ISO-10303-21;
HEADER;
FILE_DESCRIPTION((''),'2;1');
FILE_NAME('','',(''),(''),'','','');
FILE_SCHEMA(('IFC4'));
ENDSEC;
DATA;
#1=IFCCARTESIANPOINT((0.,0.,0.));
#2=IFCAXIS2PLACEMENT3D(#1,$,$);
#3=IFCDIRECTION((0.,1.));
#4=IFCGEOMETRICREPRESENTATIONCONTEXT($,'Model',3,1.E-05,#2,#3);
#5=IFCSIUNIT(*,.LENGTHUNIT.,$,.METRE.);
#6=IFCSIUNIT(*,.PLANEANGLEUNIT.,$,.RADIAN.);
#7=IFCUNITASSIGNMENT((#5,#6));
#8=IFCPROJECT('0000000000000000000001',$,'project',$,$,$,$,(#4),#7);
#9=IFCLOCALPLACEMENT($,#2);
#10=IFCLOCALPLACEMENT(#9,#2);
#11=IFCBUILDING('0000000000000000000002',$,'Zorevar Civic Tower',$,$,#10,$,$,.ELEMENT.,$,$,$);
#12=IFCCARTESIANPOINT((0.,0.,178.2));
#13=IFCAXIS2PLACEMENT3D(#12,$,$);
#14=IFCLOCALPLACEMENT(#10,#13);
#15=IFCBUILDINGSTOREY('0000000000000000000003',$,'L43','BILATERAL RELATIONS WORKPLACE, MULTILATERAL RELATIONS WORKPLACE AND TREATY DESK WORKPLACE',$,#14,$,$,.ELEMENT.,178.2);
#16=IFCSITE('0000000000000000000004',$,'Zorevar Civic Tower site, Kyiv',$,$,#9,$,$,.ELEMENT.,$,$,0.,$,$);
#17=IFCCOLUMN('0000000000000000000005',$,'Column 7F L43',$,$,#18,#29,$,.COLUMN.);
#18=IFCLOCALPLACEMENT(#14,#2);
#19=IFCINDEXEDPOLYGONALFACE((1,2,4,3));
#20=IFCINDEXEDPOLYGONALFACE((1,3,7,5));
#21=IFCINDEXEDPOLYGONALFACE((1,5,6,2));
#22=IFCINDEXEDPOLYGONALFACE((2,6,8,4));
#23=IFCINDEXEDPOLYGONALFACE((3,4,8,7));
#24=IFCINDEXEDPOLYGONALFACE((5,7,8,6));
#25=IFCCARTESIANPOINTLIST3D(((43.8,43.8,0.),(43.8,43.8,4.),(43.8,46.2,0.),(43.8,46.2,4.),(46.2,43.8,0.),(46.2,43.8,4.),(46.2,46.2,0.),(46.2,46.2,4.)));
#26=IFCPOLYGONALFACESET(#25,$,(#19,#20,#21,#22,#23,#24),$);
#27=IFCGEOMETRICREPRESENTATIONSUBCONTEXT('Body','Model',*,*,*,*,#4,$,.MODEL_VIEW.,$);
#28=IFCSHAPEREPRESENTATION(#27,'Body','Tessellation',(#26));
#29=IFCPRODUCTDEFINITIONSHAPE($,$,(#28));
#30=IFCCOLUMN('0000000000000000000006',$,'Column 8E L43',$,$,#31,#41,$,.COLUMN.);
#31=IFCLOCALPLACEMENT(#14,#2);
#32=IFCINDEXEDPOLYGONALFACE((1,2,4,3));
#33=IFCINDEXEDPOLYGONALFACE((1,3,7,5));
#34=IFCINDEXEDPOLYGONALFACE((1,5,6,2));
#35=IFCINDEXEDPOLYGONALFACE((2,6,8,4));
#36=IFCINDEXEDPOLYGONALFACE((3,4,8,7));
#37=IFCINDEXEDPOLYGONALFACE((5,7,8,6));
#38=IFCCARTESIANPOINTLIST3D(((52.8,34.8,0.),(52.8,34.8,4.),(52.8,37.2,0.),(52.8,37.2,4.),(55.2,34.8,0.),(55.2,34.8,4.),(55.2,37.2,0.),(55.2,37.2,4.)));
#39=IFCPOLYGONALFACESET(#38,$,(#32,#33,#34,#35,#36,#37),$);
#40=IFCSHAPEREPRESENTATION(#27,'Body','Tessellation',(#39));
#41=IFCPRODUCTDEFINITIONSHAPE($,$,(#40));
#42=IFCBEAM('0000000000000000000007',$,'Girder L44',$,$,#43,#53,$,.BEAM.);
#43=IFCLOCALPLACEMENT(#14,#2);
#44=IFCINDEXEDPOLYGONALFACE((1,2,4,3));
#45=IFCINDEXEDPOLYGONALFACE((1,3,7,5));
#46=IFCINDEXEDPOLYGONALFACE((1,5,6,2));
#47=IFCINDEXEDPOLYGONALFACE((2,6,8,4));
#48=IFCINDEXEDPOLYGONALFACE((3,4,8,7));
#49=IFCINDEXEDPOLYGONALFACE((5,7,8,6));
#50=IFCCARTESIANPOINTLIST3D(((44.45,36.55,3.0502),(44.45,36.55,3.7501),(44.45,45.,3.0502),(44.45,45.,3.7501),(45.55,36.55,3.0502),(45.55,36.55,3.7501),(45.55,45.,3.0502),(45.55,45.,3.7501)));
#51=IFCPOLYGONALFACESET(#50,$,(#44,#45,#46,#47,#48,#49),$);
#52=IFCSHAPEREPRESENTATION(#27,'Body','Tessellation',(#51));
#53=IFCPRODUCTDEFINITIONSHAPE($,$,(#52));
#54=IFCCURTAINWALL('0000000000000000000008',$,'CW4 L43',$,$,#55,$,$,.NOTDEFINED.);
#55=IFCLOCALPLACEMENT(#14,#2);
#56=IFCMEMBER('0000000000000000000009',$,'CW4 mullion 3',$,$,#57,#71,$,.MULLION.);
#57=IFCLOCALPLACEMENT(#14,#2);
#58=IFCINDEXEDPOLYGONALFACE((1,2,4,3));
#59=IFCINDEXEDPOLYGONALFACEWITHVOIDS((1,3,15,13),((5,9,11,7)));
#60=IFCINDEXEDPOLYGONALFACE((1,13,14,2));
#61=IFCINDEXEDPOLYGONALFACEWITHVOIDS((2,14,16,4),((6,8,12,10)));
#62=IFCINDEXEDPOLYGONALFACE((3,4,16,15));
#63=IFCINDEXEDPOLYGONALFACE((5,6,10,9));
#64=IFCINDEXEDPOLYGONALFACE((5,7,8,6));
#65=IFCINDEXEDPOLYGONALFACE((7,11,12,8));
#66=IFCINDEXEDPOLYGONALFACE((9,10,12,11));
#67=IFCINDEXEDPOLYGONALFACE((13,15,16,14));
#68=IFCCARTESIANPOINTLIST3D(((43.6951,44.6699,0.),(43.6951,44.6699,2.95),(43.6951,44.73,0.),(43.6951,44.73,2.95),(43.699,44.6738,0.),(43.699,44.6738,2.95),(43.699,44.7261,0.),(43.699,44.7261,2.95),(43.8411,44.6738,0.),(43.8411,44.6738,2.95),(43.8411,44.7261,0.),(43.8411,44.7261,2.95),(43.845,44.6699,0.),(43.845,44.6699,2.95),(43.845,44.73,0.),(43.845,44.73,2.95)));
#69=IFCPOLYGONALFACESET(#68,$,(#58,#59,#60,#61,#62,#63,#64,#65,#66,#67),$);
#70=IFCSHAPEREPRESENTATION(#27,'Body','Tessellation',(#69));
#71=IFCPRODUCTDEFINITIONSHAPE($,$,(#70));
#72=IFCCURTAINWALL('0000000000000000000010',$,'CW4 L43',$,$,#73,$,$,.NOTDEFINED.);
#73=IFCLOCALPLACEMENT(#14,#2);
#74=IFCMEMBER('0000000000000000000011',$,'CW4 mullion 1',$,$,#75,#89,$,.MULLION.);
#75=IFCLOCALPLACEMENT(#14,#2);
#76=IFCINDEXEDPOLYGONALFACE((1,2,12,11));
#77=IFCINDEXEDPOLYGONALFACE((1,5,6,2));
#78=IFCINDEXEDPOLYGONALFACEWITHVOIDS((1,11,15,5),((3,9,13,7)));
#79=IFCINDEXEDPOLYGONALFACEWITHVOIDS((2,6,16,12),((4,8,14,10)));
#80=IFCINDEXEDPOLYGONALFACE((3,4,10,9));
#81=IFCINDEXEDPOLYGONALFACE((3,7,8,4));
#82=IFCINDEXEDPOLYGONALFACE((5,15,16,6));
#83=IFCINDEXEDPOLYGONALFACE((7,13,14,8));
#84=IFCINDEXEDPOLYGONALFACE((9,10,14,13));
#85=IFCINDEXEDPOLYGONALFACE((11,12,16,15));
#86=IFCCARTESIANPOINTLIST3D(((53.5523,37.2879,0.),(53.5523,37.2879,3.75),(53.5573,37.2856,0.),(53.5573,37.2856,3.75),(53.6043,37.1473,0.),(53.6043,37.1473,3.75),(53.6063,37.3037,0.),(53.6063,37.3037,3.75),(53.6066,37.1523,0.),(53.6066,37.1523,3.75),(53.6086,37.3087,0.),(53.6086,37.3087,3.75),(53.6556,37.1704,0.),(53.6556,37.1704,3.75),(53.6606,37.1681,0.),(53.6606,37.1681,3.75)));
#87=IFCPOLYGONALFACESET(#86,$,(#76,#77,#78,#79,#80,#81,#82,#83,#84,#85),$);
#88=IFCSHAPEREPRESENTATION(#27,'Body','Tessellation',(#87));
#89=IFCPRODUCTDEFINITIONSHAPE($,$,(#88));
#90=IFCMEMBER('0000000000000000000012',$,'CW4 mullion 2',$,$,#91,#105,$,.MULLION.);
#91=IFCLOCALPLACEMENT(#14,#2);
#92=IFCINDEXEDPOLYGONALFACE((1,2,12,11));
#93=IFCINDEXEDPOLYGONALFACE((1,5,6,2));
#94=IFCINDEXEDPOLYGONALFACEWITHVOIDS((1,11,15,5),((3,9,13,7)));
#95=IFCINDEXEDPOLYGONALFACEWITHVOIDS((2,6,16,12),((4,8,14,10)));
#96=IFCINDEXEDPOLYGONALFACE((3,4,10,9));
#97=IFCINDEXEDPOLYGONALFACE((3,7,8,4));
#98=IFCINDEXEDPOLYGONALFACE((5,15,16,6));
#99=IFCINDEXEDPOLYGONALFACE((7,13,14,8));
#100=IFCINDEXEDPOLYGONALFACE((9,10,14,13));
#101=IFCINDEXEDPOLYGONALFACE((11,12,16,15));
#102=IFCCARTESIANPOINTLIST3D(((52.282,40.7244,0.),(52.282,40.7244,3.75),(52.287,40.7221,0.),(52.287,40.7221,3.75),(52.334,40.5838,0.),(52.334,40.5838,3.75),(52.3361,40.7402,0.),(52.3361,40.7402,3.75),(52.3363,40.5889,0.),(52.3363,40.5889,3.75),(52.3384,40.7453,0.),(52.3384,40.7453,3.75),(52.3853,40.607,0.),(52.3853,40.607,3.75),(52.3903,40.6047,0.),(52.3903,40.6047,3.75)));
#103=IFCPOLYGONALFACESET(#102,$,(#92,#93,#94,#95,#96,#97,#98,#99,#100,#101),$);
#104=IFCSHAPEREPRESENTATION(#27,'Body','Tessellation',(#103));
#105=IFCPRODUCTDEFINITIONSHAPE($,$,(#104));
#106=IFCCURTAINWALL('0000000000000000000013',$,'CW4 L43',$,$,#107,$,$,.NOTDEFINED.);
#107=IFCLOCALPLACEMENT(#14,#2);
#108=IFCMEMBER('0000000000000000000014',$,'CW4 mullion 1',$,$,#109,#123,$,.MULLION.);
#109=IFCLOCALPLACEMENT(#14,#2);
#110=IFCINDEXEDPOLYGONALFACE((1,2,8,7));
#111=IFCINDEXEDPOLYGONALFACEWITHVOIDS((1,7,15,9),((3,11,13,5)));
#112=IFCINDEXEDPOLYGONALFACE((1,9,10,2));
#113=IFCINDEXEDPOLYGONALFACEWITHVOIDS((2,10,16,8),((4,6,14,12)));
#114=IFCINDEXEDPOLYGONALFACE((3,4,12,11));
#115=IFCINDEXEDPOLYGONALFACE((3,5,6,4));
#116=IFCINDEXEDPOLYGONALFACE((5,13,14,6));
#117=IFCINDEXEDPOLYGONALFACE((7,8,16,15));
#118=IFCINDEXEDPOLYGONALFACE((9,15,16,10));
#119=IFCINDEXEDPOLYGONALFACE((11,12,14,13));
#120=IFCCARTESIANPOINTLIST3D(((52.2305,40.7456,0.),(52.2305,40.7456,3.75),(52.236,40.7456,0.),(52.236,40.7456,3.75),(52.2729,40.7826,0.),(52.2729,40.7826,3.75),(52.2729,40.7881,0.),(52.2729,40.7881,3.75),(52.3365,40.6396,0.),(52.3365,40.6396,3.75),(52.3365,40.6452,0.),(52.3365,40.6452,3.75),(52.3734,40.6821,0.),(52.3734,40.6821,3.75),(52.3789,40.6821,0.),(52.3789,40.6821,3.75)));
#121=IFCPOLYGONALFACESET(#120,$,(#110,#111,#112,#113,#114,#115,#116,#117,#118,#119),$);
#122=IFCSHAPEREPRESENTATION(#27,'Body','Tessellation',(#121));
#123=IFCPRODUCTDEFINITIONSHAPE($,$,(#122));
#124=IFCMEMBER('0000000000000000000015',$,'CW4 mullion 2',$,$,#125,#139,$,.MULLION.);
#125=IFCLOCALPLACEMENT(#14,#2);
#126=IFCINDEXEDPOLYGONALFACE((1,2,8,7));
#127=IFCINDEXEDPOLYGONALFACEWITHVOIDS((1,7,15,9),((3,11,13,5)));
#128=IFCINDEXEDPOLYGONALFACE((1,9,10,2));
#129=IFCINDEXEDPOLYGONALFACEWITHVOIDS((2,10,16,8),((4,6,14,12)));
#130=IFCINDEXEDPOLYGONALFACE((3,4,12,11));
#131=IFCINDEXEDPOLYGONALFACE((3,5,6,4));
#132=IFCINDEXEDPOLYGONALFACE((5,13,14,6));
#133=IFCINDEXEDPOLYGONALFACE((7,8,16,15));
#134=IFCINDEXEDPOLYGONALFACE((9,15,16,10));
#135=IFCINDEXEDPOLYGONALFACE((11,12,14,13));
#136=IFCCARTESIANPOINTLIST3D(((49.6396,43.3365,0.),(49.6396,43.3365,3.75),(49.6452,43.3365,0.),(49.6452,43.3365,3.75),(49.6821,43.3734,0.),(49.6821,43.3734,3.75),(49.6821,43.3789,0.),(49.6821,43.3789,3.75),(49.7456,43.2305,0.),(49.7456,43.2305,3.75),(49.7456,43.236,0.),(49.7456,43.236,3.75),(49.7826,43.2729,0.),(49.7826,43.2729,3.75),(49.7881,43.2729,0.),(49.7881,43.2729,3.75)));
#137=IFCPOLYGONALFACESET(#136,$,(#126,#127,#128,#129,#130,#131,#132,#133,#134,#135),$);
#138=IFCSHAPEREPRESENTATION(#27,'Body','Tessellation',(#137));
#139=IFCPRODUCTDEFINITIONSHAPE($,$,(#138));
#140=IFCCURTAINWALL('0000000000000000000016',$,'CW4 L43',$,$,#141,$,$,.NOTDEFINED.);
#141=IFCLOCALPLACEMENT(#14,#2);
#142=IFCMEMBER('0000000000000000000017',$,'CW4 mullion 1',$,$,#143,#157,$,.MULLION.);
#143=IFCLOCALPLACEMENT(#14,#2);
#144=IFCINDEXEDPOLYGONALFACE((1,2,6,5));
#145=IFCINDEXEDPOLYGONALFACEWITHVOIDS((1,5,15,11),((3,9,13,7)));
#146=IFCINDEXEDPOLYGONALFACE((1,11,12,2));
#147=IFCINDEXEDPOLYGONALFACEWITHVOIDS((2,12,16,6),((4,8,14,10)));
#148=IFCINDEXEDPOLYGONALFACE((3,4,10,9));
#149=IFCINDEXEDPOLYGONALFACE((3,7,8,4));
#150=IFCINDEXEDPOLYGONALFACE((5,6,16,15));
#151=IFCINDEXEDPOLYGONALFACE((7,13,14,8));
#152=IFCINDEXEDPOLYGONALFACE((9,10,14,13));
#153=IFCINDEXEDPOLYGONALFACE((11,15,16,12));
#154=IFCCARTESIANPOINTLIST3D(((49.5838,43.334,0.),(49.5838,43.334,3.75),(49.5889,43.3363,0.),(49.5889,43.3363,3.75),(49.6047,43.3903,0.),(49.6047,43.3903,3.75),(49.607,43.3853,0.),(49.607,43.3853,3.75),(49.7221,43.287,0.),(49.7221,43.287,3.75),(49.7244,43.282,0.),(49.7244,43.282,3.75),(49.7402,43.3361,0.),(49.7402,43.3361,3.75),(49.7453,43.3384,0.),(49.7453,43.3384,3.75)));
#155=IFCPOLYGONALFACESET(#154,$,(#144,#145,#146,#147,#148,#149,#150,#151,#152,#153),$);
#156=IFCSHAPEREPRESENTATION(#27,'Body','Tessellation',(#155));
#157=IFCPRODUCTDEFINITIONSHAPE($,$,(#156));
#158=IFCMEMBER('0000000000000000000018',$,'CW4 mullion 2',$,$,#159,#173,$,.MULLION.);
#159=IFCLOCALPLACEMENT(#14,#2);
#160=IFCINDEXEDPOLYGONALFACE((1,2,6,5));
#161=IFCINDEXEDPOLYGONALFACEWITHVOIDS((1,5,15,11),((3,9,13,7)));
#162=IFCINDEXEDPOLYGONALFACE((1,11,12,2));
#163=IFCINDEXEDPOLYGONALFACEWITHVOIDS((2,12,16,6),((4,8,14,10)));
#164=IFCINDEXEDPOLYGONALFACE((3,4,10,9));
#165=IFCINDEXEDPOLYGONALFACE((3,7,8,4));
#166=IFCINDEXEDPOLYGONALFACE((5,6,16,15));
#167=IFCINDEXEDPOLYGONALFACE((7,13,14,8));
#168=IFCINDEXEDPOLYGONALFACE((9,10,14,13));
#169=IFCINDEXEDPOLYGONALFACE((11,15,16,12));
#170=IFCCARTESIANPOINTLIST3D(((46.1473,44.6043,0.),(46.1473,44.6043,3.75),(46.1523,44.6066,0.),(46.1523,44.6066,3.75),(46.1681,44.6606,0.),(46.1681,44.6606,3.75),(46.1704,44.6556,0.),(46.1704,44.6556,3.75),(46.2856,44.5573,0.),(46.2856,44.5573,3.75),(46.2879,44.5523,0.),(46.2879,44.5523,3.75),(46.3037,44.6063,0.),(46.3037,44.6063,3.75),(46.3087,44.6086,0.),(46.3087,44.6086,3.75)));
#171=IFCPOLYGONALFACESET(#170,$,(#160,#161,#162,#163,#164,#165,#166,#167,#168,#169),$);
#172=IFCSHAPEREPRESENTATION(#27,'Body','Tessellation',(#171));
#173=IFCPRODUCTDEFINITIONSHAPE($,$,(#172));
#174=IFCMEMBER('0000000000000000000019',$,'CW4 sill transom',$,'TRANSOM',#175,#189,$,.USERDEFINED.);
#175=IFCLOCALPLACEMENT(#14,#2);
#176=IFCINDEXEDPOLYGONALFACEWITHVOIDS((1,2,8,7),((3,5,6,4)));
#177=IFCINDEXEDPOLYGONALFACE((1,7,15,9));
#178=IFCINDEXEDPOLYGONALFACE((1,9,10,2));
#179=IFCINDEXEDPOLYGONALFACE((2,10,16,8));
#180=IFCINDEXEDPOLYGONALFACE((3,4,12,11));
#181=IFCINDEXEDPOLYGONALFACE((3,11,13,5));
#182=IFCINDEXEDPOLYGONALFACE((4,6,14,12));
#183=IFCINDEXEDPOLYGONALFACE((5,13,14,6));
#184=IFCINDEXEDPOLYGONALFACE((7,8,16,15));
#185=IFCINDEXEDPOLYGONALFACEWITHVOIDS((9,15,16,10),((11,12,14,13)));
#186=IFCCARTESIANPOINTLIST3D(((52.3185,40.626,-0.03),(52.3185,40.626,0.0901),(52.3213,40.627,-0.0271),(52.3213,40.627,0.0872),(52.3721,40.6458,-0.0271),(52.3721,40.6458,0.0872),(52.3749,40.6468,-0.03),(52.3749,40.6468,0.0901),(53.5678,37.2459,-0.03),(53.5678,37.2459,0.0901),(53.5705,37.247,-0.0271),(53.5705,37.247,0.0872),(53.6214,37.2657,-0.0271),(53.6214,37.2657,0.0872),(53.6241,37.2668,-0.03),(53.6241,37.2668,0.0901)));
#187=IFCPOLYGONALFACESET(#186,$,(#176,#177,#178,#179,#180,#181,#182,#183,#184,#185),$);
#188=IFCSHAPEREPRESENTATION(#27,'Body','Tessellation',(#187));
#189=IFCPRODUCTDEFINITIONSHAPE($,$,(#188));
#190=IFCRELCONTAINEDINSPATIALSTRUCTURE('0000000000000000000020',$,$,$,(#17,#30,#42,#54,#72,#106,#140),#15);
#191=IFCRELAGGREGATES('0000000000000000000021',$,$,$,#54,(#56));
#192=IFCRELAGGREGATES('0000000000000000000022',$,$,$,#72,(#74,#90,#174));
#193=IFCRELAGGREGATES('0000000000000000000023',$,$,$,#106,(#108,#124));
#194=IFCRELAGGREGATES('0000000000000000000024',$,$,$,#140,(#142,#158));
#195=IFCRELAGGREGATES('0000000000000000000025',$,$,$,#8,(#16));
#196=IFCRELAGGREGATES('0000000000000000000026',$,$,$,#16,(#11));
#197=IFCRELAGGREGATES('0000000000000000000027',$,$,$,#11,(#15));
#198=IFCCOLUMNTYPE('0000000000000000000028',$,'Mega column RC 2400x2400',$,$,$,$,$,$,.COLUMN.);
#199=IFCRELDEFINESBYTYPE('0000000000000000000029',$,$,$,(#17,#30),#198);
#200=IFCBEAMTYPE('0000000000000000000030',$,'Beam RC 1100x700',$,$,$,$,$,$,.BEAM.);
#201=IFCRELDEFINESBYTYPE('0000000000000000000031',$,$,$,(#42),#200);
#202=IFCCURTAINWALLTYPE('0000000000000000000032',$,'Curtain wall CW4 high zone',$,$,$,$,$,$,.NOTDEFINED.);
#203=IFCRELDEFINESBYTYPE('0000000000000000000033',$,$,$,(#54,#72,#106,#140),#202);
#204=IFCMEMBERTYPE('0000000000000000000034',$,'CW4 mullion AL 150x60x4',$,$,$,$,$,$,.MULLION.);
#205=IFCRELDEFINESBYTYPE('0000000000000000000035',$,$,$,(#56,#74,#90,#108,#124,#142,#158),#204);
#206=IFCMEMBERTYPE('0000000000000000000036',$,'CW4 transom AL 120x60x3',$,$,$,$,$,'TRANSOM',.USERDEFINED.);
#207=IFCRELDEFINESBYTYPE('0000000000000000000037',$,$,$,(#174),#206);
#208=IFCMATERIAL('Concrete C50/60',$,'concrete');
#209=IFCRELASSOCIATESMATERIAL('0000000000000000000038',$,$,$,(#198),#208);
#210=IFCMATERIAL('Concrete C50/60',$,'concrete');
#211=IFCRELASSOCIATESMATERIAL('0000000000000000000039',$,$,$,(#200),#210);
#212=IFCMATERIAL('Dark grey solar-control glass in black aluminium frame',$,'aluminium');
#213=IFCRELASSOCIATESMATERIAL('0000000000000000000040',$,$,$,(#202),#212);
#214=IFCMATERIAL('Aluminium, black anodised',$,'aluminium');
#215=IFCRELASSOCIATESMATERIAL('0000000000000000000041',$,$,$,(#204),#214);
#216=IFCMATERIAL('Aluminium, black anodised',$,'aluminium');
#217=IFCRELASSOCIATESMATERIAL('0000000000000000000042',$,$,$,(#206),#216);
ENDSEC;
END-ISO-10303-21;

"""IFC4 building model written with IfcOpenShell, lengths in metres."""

from ifc_helpers import new_model, si_unit, direction, frame, origin, origin_2d, place, context, subcontext, project, spatial, rectangle, hollow_rectangle, extrude, material, material_profile, profile_set, type_object, element, aggregate, save


model = new_model("IFC4")

# Units and contexts
model_context = context("Model", 3, precision=1e-05, world=origin(), true_north=direction((0.0, 1.0)))
body_context = subcontext(model_context, "Body", "Model", "MODEL_VIEW")
ifc_project = project(units=[si_unit("LENGTHUNIT", "METRE"), si_unit("PLANEANGLEUNIT", "RADIAN")], contexts=[model_context])

# Site, building, storey
site_placement = place(None, origin())
site = spatial("IfcSite", under=ifc_project, at=site_placement, Name="Zorevar Civic Tower site, Kyiv", CompositionType="ELEMENT", RefElevation=0.0)
building_placement = place(site_placement, origin())
building = spatial("IfcBuilding", under=site, at=building_placement, Name="Zorevar Civic Tower", CompositionType="ELEMENT")
storey_placement = place(building_placement, frame((0.0, 0.0, 178.2)))
storey = spatial("IfcBuildingStorey", under=building, at=storey_placement, Name="L43", Description="BILATERAL RELATIONS WORKPLACE, MULTILATERAL RELATIONS WORKPLACE AND TREATY DESK WORKPLACE", CompositionType="ELEMENT", Elevation=178.2)

# Columns
ifc_material_1 = material(Name="Concrete C50/60", Category="concrete")
ifc_material_profile_1 = material_profile(ifc_material_1, rectangle(XDim=2.3999, YDim=2.3999, at=origin_2d()), Name="RC 2400x2400")
ifc_profile_set_1 = profile_set([ifc_material_profile_1], Name="Concrete C50/60")
column_type = type_object("IfcColumnType", Name="Mega column RC 2400x2400", PredefinedType="COLUMN", material=ifc_profile_set_1)
for number, where, z_axis, x_axis, name in (
    (1, (45.0, 45.0, 0.0), (0.0, 0.0, 1.0), (1.0, 0.0, 0.0), "Column 7F L43"),
    (2, (54.0, 36.0, 0.0), (0.0, 0.0, 1.0), (1.0, 0.0, 0.0), "Column 8E L43"),
):
    element("IfcColumn", number, at=place(storey_placement, frame(where, z_axis=z_axis, x_axis=x_axis)), inside=storey, type_object=column_type, Name=name, PredefinedType="COLUMN", context=body_context, shape_type="SweptSolid", body=[
        extrude(rectangle(XDim=2.3999, YDim=2.3999, at=origin_2d()), origin(), (0.0, 0.0, 1.0), 4.0),
    ])

# Beam
ifc_material_2 = material(Name="Concrete C50/60", Category="concrete")
ifc_material_profile_2 = material_profile(ifc_material_2, rectangle(XDim=1.1001, YDim=0.7, at=origin_2d()), Name="RC 1100x700")
ifc_profile_set_2 = profile_set([ifc_material_profile_2], Name="Concrete C50/60")
beam_type_1 = type_object("IfcBeamType", Name="Beam RC 1100x700", PredefinedType="BEAM", material=ifc_profile_set_2)
beam_1_placement = place(storey_placement, frame((45.0, 36.55, 3.4001), z_axis=(0.0, 1.0, 0.0), x_axis=(-1.0, 0.0, 0.0)))
element("IfcBeam", 3, at=beam_1_placement, inside=storey, type_object=beam_type_1, Name="Girder L44", PredefinedType="BEAM", context=body_context, shape_type="SweptSolid", body=[
    extrude(rectangle(XDim=1.1001, YDim=0.7, at=origin_2d()), origin(), (0.0, 0.0, 1.0), 8.45),
])

# Curtain wall, member
ifc_material_3 = material(Name="Dark grey solar-control glass in black aluminium frame", Category="aluminium")
curtain_wall_type = type_object("IfcCurtainWallType", Name="Curtain wall CW4 high zone", PredefinedType="NOTDEFINED", material=ifc_material_3)
curtain_wall_1_placement = place(storey_placement, origin())
curtain_wall_1 = element("IfcCurtainWall", 4, at=curtain_wall_1_placement, inside=storey, type_object=curtain_wall_type, Name="CW4 L43", PredefinedType="NOTDEFINED")
ifc_material_4 = material(Name="Aluminium, black anodised", Category="aluminium")
ifc_material_profile_3 = material_profile(ifc_material_4, hollow_rectangle(XDim=0.0601, YDim=0.1499, WallThickness=0.0039, at=origin_2d()), Name="AL 150x60x4")
ifc_profile_set_3 = profile_set([ifc_material_profile_3], Name="Aluminium, black anodised")
member_type_1 = type_object("IfcMemberType", Name="CW4 mullion AL 150x60x4", PredefinedType="MULLION", material=ifc_profile_set_3)
member_1_placement = place(storey_placement, frame((43.77, 44.7, 0.0), z_axis=(0.0, 0.0, 1.0), x_axis=(0.0, 1.0, 0.0)))
member_1 = element("IfcMember", 5, at=member_1_placement, type_object=member_type_1, Name="CW4 mullion 3", PredefinedType="MULLION", context=body_context, shape_type="SweptSolid", body=[
    extrude(hollow_rectangle(XDim=0.0601, YDim=0.1499, WallThickness=0.0039, at=origin_2d()), origin(), (0.0, 0.0, 1.0), 2.95),
])

# Curtain walls, members
curtain_wall_2_placement = place(storey_placement, origin())
curtain_wall_2 = element("IfcCurtainWall", 6, at=curtain_wall_2_placement, inside=storey, type_object=curtain_wall_type, Name="CW4 L43", PredefinedType="NOTDEFINED")
member_2_placement = place(storey_placement, frame((53.6064, 37.228, 0.0), z_axis=(0.0, 0.0, 1.0), x_axis=(-0.937975, -0.346704, 0.0)))
member_2 = element("IfcMember", 7, at=member_2_placement, type_object=member_type_1, Name="CW4 mullion 1", PredefinedType="MULLION", context=body_context, shape_type="SweptSolid", body=[
    extrude(hollow_rectangle(XDim=0.0601, YDim=0.1499, WallThickness=0.0039, at=origin_2d()), origin(), (0.0, 0.0, 1.0), 3.75),
])
member_3_placement = place(storey_placement, frame((52.3362, 40.6646, 0.0), z_axis=(0.0, 0.0, 1.0), x_axis=(-0.937975, -0.346704, 0.0)))
member_3 = element("IfcMember", 8, at=member_3_placement, type_object=member_type_1, Name="CW4 mullion 2", PredefinedType="MULLION", context=body_context, shape_type="SweptSolid", body=[
    extrude(hollow_rectangle(XDim=0.0601, YDim=0.1499, WallThickness=0.0039, at=origin_2d()), origin(), (0.0, 0.0, 1.0), 3.75),
])
curtain_wall_3_placement = place(storey_placement, origin())
curtain_wall_3 = element("IfcCurtainWall", 9, at=curtain_wall_3_placement, inside=storey, type_object=curtain_wall_type, Name="CW4 L43", PredefinedType="NOTDEFINED")
member_4_placement = place(storey_placement, frame((52.3047, 40.7139, 0.0), z_axis=(0.0, 0.0, 1.0), x_axis=(-0.707107, -0.707107, 0.0)))
member_4 = element("IfcMember", 10, at=member_4_placement, type_object=member_type_1, Name="CW4 mullion 1", PredefinedType="MULLION", context=body_context, shape_type="SweptSolid", body=[
    extrude(hollow_rectangle(XDim=0.0601, YDim=0.1499, WallThickness=0.0039, at=origin_2d()), origin(), (0.0, 0.0, 1.0), 3.75),
])
member_5_placement = place(storey_placement, frame((49.7139, 43.3047, 0.0), z_axis=(0.0, 0.0, 1.0), x_axis=(-0.707107, -0.707107, 0.0)))
member_5 = element("IfcMember", 11, at=member_5_placement, type_object=member_type_1, Name="CW4 mullion 2", PredefinedType="MULLION", context=body_context, shape_type="SweptSolid", body=[
    extrude(hollow_rectangle(XDim=0.0601, YDim=0.1499, WallThickness=0.0039, at=origin_2d()), origin(), (0.0, 0.0, 1.0), 3.75),
])
curtain_wall_4_placement = place(storey_placement, origin())
curtain_wall_4 = element("IfcCurtainWall", 12, at=curtain_wall_4_placement, inside=storey, type_object=curtain_wall_type, Name="CW4 L43", PredefinedType="NOTDEFINED")
member_6_placement = place(storey_placement, frame((49.6646, 43.3362, 0.0), z_axis=(0.0, 0.0, 1.0), x_axis=(-0.346704, -0.937975, 0.0)))
member_6 = element("IfcMember", 13, at=member_6_placement, type_object=member_type_1, Name="CW4 mullion 1", PredefinedType="MULLION", context=body_context, shape_type="SweptSolid", body=[
    extrude(hollow_rectangle(XDim=0.0601, YDim=0.1499, WallThickness=0.0039, at=origin_2d()), origin(), (0.0, 0.0, 1.0), 3.75),
])
member_7_placement = place(storey_placement, frame((46.228, 44.6064, 0.0), z_axis=(0.0, 0.0, 1.0), x_axis=(-0.346704, -0.937975, 0.0)))
member_7 = element("IfcMember", 14, at=member_7_placement, type_object=member_type_1, Name="CW4 mullion 2", PredefinedType="MULLION", context=body_context, shape_type="SweptSolid", body=[
    extrude(hollow_rectangle(XDim=0.0601, YDim=0.1499, WallThickness=0.0039, at=origin_2d()), origin(), (0.0, 0.0, 1.0), 3.75),
])

# Member
ifc_material_5 = material(Name="Aluminium, black anodised", Category="aluminium")
ifc_material_profile_4 = material_profile(ifc_material_5, hollow_rectangle(XDim=0.0601, YDim=0.1201, WallThickness=0.0029, at=origin_2d()), Name="AL 120x60x3")
ifc_profile_set_4 = profile_set([ifc_material_profile_4], Name="Aluminium, black anodised")
member_type_2 = type_object("IfcMemberType", Name="CW4 transom AL 120x60x3", ElementType="TRANSOM", PredefinedType="USERDEFINED", material=ifc_profile_set_4)
member_8_placement = place(storey_placement, frame((53.5959, 37.2563, 0.03), z_axis=(-0.346672, 0.937986, 0.0), x_axis=(-0.937986, -0.346672, 0.0)))
member_8 = element("IfcMember", 15, at=member_8_placement, type_object=member_type_2, Name="CW4 sill transom", ObjectType="TRANSOM", PredefinedType="USERDEFINED", context=body_context, shape_type="SweptSolid", body=[
    extrude(hollow_rectangle(XDim=0.0601, YDim=0.1201, WallThickness=0.0029, at=origin_2d()), origin(), (0.0, 0.0, 1.0), 3.6035),
])

aggregate(curtain_wall_1, [member_1])
aggregate(curtain_wall_2, [member_2, member_3, member_8])
aggregate(curtain_wall_3, [member_4, member_5])
aggregate(curtain_wall_4, [member_6, member_7])

save(model, "model.ifc")
